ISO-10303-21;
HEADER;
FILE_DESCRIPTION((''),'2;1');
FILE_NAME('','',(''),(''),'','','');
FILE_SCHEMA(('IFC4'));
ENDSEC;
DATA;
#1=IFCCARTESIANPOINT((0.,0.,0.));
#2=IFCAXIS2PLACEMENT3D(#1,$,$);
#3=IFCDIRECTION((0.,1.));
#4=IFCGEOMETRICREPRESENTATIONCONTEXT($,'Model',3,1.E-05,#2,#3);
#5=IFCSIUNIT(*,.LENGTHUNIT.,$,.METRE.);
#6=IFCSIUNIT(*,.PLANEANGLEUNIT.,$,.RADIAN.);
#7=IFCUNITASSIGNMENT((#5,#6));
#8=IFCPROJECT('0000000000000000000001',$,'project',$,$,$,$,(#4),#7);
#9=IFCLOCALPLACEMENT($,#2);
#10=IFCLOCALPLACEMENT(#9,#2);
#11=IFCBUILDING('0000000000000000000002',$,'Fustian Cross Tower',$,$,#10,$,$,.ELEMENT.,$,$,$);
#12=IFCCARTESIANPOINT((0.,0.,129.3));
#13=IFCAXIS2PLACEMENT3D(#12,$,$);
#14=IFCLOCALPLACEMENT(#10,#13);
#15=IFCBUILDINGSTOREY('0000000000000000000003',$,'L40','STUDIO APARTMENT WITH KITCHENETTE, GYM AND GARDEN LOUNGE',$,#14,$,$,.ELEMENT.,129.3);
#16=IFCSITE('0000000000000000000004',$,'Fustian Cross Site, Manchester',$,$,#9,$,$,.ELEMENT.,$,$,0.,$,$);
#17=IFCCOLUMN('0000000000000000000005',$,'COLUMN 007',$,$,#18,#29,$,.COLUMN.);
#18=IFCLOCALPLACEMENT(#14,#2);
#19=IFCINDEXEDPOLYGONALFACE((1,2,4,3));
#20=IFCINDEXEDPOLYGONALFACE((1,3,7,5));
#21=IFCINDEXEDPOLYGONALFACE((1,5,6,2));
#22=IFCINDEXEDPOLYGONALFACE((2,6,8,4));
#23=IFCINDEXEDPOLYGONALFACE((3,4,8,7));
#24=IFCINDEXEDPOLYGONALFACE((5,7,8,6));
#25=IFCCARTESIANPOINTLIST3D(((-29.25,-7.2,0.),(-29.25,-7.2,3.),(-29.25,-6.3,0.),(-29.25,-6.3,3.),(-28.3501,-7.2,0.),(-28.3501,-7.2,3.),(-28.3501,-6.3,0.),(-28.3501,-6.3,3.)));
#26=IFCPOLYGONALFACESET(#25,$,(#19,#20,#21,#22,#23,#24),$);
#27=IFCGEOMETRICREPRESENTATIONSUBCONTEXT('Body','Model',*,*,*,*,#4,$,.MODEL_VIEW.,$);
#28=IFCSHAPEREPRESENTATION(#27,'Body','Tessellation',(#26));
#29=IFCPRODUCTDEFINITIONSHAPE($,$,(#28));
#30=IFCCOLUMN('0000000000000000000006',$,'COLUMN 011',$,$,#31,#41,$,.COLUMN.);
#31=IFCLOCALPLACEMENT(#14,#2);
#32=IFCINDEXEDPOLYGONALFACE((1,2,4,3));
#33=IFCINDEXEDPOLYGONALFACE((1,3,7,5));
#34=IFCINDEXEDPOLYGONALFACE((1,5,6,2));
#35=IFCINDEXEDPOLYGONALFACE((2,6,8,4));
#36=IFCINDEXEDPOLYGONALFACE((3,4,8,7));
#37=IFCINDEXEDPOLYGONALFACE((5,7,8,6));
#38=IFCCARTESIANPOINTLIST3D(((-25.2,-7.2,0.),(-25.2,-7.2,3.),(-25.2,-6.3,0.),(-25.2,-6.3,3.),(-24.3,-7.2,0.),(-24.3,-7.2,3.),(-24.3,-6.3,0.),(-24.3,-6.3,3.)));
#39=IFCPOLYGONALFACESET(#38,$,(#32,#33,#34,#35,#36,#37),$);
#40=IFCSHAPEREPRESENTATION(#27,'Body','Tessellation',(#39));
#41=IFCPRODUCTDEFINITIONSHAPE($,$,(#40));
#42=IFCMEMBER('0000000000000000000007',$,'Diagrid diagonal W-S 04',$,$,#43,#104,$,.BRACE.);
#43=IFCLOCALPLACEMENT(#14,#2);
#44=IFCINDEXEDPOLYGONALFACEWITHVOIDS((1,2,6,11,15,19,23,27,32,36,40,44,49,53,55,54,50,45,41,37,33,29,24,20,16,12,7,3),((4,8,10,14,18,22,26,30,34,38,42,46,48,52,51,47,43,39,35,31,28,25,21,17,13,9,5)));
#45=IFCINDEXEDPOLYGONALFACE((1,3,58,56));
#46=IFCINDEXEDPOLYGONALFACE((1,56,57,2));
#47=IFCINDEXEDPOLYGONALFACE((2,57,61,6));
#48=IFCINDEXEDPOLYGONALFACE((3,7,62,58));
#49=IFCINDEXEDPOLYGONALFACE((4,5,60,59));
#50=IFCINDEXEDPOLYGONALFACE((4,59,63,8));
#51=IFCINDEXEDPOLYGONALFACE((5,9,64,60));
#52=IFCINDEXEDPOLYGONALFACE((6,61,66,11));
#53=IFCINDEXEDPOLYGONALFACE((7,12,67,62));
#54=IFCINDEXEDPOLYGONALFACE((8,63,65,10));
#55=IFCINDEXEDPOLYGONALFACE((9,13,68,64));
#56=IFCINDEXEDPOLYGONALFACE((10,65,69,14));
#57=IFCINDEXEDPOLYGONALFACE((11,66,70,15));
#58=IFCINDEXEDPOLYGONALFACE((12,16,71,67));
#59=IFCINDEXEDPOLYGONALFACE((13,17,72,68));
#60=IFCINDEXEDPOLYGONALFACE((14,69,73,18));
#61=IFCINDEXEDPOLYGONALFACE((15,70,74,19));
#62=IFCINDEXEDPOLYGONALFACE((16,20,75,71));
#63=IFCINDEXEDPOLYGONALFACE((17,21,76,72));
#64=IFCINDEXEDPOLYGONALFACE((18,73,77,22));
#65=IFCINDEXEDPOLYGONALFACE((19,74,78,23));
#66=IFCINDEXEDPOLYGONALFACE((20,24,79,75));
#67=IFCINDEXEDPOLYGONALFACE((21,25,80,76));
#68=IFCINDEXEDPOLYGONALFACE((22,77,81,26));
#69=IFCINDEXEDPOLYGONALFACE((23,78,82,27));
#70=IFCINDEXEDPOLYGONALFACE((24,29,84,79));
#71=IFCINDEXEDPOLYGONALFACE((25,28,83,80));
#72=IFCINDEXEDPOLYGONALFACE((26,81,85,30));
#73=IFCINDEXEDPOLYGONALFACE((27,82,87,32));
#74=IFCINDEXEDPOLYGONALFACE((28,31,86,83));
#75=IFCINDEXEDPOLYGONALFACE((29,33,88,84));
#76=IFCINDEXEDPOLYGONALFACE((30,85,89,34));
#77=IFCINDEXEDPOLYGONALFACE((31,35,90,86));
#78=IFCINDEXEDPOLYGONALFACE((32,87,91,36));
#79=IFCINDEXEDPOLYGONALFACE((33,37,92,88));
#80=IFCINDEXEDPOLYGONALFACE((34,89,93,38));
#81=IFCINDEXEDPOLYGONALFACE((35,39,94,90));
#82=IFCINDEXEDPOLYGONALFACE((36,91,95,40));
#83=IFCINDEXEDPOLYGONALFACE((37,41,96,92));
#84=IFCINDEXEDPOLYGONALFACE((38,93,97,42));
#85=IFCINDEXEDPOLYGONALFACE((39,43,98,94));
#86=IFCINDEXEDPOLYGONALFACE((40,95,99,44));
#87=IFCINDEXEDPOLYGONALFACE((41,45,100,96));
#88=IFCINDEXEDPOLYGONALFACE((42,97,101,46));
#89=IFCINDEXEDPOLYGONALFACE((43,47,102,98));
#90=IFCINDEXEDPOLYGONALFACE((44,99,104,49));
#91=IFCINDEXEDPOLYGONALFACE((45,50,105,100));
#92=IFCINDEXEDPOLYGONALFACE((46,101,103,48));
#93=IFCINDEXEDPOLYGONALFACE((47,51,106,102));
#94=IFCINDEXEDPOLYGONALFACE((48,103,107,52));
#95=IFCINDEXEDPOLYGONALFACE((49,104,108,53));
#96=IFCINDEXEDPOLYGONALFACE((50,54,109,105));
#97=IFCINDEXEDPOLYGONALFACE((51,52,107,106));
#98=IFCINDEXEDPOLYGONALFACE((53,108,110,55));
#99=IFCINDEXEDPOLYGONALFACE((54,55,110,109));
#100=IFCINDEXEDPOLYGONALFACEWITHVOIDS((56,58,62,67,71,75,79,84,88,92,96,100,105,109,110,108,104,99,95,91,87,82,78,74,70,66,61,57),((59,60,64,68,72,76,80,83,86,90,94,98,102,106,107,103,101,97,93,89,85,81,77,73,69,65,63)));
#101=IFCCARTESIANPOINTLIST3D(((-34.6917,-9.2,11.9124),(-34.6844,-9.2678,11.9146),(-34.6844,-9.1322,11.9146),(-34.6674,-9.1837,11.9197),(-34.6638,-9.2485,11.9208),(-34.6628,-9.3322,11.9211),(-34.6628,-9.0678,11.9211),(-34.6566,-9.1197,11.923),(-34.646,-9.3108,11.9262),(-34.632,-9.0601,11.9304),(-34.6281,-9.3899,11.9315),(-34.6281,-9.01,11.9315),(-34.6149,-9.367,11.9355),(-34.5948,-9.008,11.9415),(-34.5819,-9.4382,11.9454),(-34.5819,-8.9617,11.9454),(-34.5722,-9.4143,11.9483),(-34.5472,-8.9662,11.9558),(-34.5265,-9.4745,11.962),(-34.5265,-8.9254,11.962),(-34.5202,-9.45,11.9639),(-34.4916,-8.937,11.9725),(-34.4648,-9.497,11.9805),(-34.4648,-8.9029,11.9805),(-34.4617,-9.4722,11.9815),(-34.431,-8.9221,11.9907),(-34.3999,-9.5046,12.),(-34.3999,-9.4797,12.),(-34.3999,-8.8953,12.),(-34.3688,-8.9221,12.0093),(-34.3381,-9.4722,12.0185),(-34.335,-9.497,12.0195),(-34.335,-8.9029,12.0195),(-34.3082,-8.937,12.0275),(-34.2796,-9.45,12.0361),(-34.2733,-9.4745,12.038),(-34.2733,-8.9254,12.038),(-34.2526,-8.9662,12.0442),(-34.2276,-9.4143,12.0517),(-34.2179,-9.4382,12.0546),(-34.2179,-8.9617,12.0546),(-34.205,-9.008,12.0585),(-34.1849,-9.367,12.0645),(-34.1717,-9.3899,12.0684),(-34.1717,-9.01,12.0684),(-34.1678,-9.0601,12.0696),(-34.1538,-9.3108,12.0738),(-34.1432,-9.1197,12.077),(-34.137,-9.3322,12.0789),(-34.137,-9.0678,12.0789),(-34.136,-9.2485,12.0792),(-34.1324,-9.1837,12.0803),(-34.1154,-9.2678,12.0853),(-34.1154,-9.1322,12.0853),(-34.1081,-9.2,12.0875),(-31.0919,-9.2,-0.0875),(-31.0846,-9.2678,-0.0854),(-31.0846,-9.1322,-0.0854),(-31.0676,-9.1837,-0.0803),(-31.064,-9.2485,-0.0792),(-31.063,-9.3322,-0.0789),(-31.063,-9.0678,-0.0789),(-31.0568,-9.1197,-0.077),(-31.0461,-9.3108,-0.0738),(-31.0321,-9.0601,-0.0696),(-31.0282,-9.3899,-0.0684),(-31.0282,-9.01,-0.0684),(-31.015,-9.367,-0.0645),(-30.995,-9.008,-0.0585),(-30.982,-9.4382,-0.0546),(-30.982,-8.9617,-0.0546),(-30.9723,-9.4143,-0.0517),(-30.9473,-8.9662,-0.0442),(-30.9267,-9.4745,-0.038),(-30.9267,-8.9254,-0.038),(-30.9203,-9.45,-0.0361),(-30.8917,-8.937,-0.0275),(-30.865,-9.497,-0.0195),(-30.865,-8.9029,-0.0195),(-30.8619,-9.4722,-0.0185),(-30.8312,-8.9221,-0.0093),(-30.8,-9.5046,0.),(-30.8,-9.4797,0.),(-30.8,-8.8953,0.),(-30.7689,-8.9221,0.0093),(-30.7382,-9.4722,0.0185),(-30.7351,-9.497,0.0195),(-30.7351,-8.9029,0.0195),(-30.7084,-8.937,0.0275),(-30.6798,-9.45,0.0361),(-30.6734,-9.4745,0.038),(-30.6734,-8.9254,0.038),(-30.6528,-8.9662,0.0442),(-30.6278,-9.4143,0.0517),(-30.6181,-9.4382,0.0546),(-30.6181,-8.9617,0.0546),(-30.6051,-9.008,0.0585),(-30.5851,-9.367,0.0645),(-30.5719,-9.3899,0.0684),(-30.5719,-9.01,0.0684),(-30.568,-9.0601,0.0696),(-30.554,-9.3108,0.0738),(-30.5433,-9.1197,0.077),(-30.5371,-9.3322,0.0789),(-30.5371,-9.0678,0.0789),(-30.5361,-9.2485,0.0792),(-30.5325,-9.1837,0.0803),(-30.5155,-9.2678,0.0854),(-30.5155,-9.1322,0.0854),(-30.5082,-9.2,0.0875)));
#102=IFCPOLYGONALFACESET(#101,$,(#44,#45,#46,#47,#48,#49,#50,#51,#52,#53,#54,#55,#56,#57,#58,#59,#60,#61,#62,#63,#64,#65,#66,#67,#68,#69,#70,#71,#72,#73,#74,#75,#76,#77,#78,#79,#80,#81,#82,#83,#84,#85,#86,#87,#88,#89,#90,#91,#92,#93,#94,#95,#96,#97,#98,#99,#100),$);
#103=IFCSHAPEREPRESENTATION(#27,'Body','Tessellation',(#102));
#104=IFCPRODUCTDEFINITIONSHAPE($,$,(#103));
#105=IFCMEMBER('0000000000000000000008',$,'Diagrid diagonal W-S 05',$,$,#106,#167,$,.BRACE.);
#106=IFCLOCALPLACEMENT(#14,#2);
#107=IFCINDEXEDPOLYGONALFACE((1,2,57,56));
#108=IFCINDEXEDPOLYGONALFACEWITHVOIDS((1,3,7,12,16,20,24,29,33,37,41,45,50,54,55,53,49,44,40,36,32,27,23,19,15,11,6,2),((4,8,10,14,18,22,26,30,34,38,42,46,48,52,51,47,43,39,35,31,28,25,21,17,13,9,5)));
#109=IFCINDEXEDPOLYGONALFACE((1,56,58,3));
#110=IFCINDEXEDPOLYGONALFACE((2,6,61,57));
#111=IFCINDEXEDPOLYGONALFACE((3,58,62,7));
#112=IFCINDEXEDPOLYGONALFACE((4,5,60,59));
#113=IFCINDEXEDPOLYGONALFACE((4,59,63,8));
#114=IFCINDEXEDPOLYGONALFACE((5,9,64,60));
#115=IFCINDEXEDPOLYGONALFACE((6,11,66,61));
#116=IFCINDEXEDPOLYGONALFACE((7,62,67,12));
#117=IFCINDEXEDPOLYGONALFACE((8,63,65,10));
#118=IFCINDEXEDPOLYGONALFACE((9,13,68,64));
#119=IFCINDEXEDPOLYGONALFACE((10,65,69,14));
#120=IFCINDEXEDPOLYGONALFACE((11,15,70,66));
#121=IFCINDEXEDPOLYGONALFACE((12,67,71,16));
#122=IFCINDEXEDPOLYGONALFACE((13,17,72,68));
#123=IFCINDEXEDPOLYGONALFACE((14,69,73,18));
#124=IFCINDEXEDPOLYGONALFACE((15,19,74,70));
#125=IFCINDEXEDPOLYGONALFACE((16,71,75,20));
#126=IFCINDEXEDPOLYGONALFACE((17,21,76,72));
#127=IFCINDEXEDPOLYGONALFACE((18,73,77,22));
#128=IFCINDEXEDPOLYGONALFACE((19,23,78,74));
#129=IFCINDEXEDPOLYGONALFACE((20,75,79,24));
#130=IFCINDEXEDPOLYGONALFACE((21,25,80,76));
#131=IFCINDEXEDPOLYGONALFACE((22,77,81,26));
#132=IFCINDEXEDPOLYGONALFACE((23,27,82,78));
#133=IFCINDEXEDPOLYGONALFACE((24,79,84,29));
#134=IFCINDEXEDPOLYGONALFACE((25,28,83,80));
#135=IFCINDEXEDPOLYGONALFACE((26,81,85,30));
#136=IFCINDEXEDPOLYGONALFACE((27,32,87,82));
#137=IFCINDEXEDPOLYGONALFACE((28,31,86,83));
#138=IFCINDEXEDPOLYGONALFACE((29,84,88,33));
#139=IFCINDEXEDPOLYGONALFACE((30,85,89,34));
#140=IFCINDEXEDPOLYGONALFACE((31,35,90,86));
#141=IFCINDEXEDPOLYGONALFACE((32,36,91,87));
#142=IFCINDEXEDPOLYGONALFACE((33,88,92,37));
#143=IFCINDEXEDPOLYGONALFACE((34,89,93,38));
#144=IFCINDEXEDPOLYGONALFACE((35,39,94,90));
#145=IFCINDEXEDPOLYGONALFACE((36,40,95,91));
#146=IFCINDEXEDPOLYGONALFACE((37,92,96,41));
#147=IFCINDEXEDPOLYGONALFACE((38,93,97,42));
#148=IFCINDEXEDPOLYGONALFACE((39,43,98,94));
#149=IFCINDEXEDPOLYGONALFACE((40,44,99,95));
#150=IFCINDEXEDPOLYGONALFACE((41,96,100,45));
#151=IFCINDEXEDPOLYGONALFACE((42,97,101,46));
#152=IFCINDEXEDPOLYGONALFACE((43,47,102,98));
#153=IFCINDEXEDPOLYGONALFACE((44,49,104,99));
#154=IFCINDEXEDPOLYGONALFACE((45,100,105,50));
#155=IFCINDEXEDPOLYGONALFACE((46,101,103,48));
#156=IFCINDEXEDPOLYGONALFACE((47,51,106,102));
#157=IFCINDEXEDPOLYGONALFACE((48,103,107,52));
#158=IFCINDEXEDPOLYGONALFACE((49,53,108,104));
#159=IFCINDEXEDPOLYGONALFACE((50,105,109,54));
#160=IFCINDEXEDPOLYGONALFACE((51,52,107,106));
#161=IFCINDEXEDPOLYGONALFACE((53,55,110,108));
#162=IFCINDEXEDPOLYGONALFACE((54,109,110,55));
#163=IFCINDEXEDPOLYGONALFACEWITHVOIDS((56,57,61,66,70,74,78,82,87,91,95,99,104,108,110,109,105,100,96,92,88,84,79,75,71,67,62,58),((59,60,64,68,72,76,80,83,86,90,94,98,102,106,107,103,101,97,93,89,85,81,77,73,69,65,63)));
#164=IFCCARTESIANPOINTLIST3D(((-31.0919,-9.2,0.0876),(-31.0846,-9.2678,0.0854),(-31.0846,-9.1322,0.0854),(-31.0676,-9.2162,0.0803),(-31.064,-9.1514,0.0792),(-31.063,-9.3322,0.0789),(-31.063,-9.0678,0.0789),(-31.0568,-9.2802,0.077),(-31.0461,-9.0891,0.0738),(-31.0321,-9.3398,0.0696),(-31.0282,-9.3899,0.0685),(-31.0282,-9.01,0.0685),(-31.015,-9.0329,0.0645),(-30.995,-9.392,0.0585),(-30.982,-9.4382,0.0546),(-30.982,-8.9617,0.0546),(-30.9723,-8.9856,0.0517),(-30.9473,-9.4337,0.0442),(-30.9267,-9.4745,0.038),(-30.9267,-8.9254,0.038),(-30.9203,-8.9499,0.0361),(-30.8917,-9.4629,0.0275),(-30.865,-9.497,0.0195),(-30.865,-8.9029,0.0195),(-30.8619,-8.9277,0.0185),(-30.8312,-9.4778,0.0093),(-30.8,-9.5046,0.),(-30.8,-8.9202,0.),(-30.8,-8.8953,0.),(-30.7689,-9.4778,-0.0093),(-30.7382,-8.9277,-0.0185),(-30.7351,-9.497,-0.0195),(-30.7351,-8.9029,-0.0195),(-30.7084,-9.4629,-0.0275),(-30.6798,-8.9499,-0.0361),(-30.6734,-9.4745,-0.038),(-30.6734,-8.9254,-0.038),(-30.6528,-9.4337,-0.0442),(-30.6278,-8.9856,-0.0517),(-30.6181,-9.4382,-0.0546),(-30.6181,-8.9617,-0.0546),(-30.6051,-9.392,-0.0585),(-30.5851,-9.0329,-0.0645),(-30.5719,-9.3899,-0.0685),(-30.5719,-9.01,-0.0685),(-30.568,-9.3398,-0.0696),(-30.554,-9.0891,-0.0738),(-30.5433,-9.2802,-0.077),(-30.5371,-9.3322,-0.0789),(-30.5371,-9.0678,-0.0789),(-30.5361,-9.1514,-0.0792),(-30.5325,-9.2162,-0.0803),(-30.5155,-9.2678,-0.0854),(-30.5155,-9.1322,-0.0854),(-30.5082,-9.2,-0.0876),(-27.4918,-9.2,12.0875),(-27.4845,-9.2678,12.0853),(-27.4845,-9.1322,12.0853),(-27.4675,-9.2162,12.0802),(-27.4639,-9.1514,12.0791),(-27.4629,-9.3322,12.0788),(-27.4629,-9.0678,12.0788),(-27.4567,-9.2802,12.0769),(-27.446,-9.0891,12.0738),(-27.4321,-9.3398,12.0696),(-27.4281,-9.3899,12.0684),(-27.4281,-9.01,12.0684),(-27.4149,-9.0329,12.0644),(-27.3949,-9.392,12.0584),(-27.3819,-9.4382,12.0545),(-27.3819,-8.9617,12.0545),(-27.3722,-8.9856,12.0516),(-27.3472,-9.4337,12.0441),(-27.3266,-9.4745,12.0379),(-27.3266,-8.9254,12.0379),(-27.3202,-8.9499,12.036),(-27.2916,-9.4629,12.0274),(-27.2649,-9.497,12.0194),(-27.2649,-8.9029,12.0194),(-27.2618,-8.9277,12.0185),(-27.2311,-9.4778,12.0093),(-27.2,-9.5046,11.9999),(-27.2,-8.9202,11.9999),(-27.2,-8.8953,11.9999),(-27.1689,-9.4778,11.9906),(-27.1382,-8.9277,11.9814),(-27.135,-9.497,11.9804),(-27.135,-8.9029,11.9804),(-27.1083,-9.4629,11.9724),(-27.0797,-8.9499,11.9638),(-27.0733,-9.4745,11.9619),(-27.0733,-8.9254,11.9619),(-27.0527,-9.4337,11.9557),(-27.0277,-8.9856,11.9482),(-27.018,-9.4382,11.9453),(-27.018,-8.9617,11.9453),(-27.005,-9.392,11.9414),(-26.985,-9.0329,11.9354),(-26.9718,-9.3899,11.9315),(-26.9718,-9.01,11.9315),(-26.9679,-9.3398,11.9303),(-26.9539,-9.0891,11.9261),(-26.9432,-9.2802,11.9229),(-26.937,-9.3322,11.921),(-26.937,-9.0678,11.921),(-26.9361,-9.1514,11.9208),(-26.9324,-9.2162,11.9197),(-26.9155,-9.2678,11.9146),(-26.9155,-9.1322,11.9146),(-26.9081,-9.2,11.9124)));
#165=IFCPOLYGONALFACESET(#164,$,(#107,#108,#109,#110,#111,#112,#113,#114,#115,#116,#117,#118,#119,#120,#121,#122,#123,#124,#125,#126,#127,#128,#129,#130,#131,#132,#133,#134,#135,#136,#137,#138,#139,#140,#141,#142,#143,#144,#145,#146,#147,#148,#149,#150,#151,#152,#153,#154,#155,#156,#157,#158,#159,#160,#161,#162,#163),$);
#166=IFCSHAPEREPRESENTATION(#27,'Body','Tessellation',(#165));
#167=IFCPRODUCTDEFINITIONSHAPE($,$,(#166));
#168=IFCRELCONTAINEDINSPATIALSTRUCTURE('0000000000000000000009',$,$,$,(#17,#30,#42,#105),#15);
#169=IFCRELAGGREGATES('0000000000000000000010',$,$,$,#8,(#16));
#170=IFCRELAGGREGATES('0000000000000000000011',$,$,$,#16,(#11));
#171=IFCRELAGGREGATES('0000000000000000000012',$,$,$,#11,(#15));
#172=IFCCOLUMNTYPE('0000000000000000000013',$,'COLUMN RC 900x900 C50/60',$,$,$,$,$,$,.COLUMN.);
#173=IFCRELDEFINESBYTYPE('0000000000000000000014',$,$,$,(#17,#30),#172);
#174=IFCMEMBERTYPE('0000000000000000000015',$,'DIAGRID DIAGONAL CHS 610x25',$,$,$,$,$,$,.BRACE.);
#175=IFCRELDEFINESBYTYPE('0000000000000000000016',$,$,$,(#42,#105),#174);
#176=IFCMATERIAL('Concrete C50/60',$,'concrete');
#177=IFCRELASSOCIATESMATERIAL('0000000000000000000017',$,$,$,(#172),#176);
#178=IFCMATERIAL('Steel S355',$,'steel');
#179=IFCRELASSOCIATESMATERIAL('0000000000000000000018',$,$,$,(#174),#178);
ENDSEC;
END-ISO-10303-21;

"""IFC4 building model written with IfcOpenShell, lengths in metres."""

from ifc_helpers import new_model, si_unit, direction, frame, origin, origin_2d, place, context, subcontext, project, spatial, rectangle, hollow_circle, extrude, material, material_profile, profile_set, type_object, element, save


model = new_model("IFC4")

# Units and contexts
model_context = context("Model", 3, precision=1e-05, world=origin(), true_north=direction((0.0, 1.0)))
body_context = subcontext(model_context, "Body", "Model", "MODEL_VIEW")
ifc_project = project(units=[si_unit("LENGTHUNIT", "METRE"), si_unit("PLANEANGLEUNIT", "RADIAN")], contexts=[model_context])

# Site, building, storey
site_placement = place(None, origin())
site = spatial("IfcSite", under=ifc_project, at=site_placement, Name="Fustian Cross Site, Manchester", CompositionType="ELEMENT", RefElevation=0.0)
building_placement = place(site_placement, origin())
building = spatial("IfcBuilding", under=site, at=building_placement, Name="Fustian Cross Tower", CompositionType="ELEMENT")
storey_placement = place(building_placement, frame((0.0, 0.0, 129.3)))
storey = spatial("IfcBuildingStorey", under=building, at=storey_placement, Name="L40", Description="STUDIO APARTMENT WITH KITCHENETTE, GYM AND GARDEN LOUNGE", CompositionType="ELEMENT", Elevation=129.3)

# Columns
ifc_material_1 = material(Name="Concrete C50/60", Category="concrete")
ifc_material_profile_1 = material_profile(ifc_material_1, rectangle(XDim=0.8999, YDim=0.8999, at=origin_2d()), Name="RC 900x900")
ifc_profile_set_1 = profile_set([ifc_material_profile_1], Name="Concrete C50/60")
column_type = type_object("IfcColumnType", Name="COLUMN RC 900x900 C50/60", PredefinedType="COLUMN", material=ifc_profile_set_1)
for number, where, z_axis, x_axis, name in (
    (1, (-28.8, -6.75, 0.0), (0.0, 0.0, 1.0), (1.0, 0.0, 0.0), "COLUMN 007"),
    (2, (-24.75, -6.75, 0.0), (0.0, 0.0, 1.0), (1.0, 0.0, 0.0), "COLUMN 011"),
):
    element("IfcColumn", number, at=place(storey_placement, frame(where, z_axis=z_axis, x_axis=x_axis)), inside=storey, type_object=column_type, Name=name, PredefinedType="COLUMN", context=body_context, shape_type="SweptSolid", body=[
        extrude(rectangle(XDim=0.8999, YDim=0.8999, at=origin_2d()), origin(), (0.0, 0.0, 1.0), 3.0),
    ])

# Members
ifc_material_2 = material(Name="Steel S355", Category="steel")
ifc_material_profile_2 = material_profile(ifc_material_2, hollow_circle(Radius=0.3047, WallThickness=0.0249, at=origin_2d()), Name="CHS 610x25")
ifc_profile_set_2 = profile_set([ifc_material_profile_2], Name="Steel S355")
member_type = type_object("IfcMemberType", Name="DIAGRID DIAGONAL CHS 610x25", PredefinedType="BRACE", material=ifc_profile_set_2)
for number, where, z_axis, x_axis, name in (
    (3, (-30.8, -9.2, 0.0), (-0.287337, 0.0, 0.95783), (0.0, -1.0, 0.0), "Diagrid diagonal W-S 04"),
    (4, (-30.8, -9.2, 0.0), (0.287355, 0.0, 0.957824), (0.0, 1.0, 0.0), "Diagrid diagonal W-S 05"),
):
    element("IfcMember", number, at=place(storey_placement, frame(where, z_axis=z_axis, x_axis=x_axis)), inside=storey, type_object=member_type, Name=name, PredefinedType="BRACE", context=body_context, shape_type="SweptSolid", body=[
        extrude(hollow_circle(Radius=0.3047, WallThickness=0.0249, at=origin_2d()), origin(), (0.0, 0.0, 1.0), 12.5283),
    ])

save(model, "model.ifc")
